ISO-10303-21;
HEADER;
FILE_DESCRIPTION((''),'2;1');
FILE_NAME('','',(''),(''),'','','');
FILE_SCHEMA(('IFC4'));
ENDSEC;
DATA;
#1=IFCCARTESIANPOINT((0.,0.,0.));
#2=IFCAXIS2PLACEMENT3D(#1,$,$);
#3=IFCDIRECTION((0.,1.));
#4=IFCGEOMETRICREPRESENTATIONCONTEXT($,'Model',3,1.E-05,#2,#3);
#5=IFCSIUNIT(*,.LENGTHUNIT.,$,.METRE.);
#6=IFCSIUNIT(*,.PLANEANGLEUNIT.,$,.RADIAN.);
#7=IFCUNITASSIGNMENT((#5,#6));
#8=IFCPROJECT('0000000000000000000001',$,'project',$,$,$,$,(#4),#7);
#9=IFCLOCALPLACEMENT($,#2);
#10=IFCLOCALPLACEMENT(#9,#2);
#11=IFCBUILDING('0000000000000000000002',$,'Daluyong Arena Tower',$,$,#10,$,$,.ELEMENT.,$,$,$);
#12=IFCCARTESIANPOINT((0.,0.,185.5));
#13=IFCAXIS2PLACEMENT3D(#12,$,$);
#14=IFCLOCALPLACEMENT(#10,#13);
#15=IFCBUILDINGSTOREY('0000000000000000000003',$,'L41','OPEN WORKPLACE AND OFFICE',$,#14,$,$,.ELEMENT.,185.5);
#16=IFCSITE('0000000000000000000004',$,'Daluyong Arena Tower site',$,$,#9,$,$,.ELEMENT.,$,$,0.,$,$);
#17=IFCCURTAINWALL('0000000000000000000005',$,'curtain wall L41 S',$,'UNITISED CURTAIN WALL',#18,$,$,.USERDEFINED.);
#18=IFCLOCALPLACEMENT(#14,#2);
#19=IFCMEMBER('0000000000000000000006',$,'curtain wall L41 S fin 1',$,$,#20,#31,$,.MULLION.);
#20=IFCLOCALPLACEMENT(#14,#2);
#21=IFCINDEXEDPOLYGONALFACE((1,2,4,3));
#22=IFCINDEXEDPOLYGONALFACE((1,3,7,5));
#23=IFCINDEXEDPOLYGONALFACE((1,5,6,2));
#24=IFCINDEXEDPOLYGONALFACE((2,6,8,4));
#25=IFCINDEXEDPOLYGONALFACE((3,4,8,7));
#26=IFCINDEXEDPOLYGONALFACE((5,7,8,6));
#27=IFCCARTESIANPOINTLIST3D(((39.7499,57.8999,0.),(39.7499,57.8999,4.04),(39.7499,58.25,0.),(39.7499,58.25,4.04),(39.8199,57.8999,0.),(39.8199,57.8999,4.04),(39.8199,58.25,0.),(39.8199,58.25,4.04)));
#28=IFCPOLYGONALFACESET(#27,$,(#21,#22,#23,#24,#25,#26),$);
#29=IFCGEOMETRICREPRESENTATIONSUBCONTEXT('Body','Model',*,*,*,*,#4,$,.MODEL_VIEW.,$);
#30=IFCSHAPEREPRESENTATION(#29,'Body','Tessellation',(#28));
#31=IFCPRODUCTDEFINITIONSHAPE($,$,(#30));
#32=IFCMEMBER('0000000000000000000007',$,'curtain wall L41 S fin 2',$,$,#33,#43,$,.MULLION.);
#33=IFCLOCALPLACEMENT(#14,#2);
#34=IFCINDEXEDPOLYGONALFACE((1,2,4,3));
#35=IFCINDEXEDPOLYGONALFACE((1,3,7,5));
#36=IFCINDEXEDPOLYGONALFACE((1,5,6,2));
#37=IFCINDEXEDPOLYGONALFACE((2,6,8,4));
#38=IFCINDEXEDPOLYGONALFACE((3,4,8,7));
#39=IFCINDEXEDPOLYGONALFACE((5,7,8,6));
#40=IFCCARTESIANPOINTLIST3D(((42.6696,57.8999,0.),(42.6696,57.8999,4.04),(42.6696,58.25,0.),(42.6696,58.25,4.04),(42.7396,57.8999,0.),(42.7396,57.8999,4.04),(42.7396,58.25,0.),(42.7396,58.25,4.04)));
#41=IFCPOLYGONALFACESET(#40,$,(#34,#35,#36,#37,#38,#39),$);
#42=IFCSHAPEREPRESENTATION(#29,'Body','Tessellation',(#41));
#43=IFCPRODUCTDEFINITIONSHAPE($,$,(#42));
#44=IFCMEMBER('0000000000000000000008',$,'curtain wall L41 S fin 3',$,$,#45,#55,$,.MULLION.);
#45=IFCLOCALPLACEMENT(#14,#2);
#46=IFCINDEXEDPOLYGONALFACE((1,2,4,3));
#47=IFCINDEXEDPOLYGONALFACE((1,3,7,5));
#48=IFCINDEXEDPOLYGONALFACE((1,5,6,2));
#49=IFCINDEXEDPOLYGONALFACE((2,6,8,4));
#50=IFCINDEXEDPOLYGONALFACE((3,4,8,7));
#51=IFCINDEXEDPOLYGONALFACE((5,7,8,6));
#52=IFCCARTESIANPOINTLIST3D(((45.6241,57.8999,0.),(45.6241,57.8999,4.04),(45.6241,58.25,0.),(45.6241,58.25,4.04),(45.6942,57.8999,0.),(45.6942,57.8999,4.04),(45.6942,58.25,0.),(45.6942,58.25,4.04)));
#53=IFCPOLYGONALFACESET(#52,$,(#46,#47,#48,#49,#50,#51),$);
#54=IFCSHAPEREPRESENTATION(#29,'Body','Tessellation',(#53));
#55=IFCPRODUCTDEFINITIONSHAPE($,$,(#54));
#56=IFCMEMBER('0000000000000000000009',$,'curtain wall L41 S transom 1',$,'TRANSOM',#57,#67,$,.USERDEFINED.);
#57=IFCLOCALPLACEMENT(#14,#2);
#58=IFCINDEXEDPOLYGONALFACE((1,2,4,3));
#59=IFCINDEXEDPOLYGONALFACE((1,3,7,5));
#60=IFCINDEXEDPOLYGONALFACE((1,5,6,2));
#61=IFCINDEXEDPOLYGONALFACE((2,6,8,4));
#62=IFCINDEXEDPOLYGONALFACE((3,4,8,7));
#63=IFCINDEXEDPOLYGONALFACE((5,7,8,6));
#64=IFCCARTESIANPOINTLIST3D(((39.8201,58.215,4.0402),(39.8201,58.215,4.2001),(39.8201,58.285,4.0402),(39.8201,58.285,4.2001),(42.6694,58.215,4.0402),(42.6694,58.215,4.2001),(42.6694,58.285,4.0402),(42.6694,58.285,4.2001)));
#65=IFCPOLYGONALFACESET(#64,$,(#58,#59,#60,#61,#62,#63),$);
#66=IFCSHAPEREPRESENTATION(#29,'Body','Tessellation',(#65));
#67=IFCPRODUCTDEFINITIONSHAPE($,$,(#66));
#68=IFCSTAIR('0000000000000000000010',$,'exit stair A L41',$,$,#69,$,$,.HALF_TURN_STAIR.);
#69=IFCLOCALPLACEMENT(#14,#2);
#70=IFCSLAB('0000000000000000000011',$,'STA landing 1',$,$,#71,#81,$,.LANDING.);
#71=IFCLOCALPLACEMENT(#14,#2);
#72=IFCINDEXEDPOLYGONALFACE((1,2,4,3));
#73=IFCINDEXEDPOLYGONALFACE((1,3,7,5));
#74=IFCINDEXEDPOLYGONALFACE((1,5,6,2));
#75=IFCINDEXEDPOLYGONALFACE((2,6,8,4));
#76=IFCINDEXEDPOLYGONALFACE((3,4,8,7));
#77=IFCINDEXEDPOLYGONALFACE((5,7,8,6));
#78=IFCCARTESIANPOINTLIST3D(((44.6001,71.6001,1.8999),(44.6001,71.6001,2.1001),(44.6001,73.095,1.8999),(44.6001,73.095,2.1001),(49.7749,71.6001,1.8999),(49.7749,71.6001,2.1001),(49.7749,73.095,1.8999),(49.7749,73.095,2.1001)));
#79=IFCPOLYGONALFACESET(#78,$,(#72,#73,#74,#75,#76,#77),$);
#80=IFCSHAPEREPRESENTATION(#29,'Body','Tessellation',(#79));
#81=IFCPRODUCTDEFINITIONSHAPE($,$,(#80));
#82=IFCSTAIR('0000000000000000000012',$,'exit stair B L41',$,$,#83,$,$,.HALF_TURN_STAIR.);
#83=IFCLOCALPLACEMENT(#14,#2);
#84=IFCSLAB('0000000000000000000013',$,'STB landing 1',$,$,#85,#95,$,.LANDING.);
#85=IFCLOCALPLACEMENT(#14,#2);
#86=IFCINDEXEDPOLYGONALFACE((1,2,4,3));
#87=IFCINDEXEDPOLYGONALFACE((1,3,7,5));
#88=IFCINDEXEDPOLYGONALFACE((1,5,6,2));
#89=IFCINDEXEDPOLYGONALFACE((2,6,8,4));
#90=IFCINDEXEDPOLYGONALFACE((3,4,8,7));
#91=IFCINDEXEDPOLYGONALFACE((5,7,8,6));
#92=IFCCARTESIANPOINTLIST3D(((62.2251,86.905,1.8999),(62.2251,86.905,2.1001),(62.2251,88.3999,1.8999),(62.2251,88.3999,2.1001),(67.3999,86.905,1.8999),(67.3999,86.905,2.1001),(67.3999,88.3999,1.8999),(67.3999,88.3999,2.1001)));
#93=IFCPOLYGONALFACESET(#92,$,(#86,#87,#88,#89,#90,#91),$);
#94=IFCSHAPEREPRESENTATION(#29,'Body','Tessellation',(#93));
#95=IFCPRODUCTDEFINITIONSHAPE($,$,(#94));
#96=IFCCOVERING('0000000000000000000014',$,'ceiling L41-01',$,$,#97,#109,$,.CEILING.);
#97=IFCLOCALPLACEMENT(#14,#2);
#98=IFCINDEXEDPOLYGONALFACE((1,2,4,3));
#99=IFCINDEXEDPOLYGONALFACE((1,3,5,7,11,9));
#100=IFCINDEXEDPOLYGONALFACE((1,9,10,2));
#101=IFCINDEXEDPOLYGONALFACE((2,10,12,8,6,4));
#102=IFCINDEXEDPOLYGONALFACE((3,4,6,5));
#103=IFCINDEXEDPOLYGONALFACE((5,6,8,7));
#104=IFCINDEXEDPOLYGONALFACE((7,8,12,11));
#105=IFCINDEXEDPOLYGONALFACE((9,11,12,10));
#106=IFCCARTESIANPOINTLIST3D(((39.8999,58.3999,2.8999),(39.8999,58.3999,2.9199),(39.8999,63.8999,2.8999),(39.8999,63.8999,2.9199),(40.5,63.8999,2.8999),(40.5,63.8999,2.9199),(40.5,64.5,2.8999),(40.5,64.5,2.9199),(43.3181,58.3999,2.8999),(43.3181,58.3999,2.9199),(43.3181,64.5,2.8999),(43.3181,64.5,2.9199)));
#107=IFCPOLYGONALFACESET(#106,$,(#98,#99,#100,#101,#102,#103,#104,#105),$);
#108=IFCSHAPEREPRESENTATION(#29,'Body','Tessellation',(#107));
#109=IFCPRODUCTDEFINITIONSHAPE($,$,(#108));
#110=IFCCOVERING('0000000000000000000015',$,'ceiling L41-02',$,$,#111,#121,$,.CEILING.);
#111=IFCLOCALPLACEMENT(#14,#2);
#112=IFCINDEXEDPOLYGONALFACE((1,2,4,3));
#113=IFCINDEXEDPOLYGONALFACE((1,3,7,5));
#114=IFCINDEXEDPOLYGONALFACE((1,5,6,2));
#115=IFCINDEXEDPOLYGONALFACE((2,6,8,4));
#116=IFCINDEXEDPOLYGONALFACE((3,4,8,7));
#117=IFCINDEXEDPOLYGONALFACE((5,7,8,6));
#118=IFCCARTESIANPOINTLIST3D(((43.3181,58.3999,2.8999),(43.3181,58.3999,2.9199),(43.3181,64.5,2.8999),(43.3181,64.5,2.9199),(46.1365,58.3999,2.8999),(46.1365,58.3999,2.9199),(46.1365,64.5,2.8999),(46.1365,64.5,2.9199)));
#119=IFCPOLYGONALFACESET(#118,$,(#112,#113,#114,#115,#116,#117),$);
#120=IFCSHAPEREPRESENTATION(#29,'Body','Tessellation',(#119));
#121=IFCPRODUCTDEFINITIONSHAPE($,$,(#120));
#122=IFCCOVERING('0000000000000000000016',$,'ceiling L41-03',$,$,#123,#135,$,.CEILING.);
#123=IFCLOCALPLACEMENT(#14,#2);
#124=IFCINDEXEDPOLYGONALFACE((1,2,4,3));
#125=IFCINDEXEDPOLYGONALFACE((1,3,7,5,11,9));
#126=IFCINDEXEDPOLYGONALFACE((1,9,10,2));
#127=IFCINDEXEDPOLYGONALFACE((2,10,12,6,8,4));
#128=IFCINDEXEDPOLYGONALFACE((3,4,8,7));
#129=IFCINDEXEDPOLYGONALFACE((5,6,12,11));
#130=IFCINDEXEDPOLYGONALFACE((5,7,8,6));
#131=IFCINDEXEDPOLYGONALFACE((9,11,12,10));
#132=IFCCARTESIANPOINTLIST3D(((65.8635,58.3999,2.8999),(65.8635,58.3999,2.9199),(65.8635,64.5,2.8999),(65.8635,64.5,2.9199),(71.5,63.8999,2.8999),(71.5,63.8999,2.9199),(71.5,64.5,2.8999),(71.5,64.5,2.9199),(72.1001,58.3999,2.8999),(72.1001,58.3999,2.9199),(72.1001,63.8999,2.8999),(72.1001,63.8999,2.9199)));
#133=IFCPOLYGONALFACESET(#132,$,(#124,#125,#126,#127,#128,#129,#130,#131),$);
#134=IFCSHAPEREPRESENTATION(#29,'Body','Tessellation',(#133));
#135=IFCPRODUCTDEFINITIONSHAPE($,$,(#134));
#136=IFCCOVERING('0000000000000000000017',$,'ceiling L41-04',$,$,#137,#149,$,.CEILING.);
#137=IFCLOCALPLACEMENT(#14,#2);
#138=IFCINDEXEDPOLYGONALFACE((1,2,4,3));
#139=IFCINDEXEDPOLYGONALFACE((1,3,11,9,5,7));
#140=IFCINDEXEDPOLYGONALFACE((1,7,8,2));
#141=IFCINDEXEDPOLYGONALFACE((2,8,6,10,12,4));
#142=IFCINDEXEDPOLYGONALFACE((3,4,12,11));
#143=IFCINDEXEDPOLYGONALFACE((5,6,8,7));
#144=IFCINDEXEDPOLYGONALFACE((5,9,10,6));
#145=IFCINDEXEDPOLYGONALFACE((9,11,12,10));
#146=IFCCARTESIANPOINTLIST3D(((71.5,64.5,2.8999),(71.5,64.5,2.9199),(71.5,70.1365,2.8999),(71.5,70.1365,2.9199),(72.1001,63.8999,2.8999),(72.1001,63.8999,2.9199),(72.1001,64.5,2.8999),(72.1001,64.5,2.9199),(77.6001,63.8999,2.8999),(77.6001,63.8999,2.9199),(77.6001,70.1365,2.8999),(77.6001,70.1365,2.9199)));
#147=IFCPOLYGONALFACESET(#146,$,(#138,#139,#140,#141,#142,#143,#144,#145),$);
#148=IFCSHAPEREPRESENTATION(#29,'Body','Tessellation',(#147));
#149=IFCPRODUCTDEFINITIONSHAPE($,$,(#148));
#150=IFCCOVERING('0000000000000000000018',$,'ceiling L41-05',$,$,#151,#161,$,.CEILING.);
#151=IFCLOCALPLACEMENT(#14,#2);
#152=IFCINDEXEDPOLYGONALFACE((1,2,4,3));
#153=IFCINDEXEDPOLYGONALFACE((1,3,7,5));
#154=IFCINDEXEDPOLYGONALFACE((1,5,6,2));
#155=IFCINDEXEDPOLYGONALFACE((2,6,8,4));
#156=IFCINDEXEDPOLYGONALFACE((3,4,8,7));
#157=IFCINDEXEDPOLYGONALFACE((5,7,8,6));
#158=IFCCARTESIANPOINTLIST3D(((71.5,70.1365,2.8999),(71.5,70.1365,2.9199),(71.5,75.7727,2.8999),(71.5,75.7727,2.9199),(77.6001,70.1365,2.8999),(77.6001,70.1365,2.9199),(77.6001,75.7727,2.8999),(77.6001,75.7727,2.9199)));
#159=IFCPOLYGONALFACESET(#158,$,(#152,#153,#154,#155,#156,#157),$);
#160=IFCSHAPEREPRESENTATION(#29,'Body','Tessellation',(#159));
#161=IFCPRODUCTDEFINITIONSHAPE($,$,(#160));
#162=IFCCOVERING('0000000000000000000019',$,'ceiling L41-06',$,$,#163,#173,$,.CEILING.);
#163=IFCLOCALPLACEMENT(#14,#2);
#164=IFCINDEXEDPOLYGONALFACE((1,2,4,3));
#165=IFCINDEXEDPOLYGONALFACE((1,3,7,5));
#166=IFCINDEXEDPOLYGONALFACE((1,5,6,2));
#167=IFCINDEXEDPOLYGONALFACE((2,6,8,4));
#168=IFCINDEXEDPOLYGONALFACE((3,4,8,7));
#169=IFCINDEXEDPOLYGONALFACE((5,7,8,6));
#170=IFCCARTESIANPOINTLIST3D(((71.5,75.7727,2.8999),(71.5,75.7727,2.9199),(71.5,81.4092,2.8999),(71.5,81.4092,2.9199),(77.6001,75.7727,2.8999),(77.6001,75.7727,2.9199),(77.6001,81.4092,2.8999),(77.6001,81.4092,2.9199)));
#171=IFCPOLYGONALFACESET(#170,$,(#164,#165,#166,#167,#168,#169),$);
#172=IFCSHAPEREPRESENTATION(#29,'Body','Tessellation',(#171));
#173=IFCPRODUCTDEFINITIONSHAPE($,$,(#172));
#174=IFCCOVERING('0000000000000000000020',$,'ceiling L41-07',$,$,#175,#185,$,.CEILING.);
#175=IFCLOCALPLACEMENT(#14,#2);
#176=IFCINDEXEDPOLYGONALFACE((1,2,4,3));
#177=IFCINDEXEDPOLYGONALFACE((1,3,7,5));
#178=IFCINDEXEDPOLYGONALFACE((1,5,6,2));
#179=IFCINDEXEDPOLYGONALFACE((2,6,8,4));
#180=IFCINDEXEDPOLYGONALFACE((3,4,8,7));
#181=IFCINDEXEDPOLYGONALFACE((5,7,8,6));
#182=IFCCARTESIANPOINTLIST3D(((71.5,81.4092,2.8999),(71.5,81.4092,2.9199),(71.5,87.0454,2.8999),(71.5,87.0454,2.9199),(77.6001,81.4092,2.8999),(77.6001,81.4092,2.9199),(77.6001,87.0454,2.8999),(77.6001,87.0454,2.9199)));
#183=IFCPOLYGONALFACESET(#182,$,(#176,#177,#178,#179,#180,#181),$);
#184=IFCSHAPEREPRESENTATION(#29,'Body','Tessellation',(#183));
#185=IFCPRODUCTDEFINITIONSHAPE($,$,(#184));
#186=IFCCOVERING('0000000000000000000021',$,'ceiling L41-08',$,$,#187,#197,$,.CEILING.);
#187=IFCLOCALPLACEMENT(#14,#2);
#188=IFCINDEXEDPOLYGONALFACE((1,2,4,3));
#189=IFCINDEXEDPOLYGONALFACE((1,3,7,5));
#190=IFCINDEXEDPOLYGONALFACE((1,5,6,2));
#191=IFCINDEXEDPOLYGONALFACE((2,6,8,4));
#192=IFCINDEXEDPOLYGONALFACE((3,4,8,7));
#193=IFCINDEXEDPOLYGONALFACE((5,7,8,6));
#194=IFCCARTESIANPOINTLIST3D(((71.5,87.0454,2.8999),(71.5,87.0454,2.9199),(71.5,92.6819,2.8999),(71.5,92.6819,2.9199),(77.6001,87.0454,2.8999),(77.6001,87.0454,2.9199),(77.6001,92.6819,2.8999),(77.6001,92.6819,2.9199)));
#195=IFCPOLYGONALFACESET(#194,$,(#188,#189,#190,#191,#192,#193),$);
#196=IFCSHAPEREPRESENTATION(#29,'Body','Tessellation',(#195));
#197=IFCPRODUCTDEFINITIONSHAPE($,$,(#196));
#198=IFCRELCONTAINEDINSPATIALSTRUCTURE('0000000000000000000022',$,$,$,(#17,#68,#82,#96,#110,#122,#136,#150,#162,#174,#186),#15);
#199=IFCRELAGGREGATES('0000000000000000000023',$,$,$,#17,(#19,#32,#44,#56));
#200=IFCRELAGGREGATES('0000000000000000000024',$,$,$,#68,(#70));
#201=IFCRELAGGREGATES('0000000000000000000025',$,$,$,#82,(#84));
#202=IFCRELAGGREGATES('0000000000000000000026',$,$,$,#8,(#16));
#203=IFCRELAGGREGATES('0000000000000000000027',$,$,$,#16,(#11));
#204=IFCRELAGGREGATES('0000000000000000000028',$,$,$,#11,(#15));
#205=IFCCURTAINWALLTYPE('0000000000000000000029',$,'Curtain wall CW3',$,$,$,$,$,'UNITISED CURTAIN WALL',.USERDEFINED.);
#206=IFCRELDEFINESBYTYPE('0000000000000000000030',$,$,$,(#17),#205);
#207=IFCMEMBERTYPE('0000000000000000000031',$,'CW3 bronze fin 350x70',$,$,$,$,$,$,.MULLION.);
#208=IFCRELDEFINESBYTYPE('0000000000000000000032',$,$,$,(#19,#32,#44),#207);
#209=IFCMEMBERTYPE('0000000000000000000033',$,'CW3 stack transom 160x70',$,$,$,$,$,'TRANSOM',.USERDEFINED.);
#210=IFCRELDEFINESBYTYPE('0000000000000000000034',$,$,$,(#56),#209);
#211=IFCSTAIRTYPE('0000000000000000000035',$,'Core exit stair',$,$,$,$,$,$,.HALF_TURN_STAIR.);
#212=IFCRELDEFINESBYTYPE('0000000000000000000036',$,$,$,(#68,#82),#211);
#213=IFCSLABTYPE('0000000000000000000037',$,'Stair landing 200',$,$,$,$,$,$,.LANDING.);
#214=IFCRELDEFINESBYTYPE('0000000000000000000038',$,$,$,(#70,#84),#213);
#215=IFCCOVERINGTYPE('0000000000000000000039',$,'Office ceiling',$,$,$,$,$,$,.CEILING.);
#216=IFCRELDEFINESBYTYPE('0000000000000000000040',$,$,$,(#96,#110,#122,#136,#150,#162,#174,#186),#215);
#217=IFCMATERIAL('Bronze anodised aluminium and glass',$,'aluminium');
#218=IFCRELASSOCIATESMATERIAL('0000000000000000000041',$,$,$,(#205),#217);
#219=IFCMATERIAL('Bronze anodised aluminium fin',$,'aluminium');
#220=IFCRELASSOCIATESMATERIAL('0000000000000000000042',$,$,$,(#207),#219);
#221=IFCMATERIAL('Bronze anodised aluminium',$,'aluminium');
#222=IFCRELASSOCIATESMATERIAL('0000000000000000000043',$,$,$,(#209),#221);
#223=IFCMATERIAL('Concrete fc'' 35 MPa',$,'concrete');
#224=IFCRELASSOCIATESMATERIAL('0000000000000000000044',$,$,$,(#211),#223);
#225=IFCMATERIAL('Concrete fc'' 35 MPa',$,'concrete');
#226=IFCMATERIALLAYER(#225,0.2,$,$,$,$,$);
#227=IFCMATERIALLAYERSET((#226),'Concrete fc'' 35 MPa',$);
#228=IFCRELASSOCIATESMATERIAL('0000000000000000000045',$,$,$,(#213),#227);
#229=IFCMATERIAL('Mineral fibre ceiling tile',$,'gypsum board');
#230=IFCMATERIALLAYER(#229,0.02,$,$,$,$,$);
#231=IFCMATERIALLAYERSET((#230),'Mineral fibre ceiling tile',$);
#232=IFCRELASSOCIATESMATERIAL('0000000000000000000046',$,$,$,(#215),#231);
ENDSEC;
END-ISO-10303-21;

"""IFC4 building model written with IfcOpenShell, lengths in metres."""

from ifc_helpers import new_model, si_unit, direction, frame, origin, origin_2d, place, context, subcontext, project, spatial, polyline, rectangle, outline, extrude, material, layer, layer_set, material_profile, profile_set, type_object, element, aggregate, save


model = new_model("IFC4")

# Units and contexts
model_context = context("Model", 3, precision=1e-05, world=origin(), true_north=direction((0.0, 1.0)))
body_context = subcontext(model_context, "Body", "Model", "MODEL_VIEW")
ifc_project = project(units=[si_unit("LENGTHUNIT", "METRE"), si_unit("PLANEANGLEUNIT", "RADIAN")], contexts=[model_context])

# Site, building, storey
site_placement = place(None, origin())
site = spatial("IfcSite", under=ifc_project, at=site_placement, Name="Daluyong Arena Tower site", CompositionType="ELEMENT", RefElevation=0.0)
building_placement = place(site_placement, origin())
building = spatial("IfcBuilding", under=site, at=building_placement, Name="Daluyong Arena Tower", CompositionType="ELEMENT")
storey_placement = place(building_placement, frame((0.0, 0.0, 185.5)))
storey = spatial("IfcBuildingStorey", under=building, at=storey_placement, Name="L41", Description="OPEN WORKPLACE AND OFFICE", CompositionType="ELEMENT", Elevation=185.5)

# Curtain wall, members
ifc_material_1 = material(Name="Bronze anodised aluminium and glass", Category="aluminium")
curtain_wall_type = type_object("IfcCurtainWallType", Name="Curtain wall CW3", ElementType="UNITISED CURTAIN WALL", PredefinedType="USERDEFINED", material=ifc_material_1)
curtain_wall_placement = place(storey_placement, origin())
curtain_wall = element("IfcCurtainWall", 1, at=curtain_wall_placement, inside=storey, type_object=curtain_wall_type, Name="curtain wall L41 S", ObjectType="UNITISED CURTAIN WALL", PredefinedType="USERDEFINED")
ifc_material_2 = material(Name="Bronze anodised aluminium fin", Category="aluminium")
ifc_material_profile_1 = material_profile(ifc_material_2, rectangle(XDim=0.3501, YDim=0.0701, at=origin_2d()))
ifc_profile_set_1 = profile_set([ifc_material_profile_1], Name="Bronze anodised aluminium fin")
member_type_1 = type_object("IfcMemberType", Name="CW3 bronze fin 350x70", PredefinedType="MULLION", material=ifc_profile_set_1)
member_1_placement = place(storey_placement, frame((39.7849, 58.075, 0.0), z_axis=(0.0, 0.0, 1.0), x_axis=(0.0, 1.0, 0.0)))
member_1 = element("IfcMember", 2, at=member_1_placement, type_object=member_type_1, Name="curtain wall L41 S fin 1", PredefinedType="MULLION", context=body_context, shape_type="SweptSolid", body=[
    extrude(rectangle(XDim=0.3501, YDim=0.0701, at=origin_2d()), origin(), (0.0, 0.0, 1.0), 4.04),
])
member_2_placement = place(storey_placement, frame((42.7046, 58.075, 0.0), z_axis=(0.0, 0.0, 1.0), x_axis=(0.0, 1.0, 0.0)))
member_2 = element("IfcMember", 3, at=member_2_placement, type_object=member_type_1, Name="curtain wall L41 S fin 2", PredefinedType="MULLION", context=body_context, shape_type="SweptSolid", body=[
    extrude(rectangle(XDim=0.3501, YDim=0.0701, at=origin_2d()), origin(), (0.0, 0.0, 1.0), 4.04),
])
member_3_placement = place(storey_placement, frame((45.6592, 58.075, 0.0), z_axis=(0.0, 0.0, 1.0), x_axis=(0.0, 1.0, 0.0)))
member_3 = element("IfcMember", 4, at=member_3_placement, type_object=member_type_1, Name="curtain wall L41 S fin 3", PredefinedType="MULLION", context=body_context, shape_type="SweptSolid", body=[
    extrude(rectangle(XDim=0.3501, YDim=0.0701, at=origin_2d()), origin(), (0.0, 0.0, 1.0), 4.04),
])
ifc_material_3 = material(Name="Bronze anodised aluminium", Category="aluminium")
ifc_material_profile_2 = material_profile(ifc_material_3, rectangle(XDim=0.0701, YDim=0.1599, at=origin_2d()))
ifc_profile_set_2 = profile_set([ifc_material_profile_2], Name="Bronze anodised aluminium")
member_type_2 = type_object("IfcMemberType", Name="CW3 stack transom 160x70", ElementType="TRANSOM", PredefinedType="USERDEFINED", material=ifc_profile_set_2)
member_4_placement = place(storey_placement, frame((39.8201, 58.25, 4.1201), z_axis=(1.0, 0.0, 0.0), x_axis=(0.0, 1.0, 0.0)))
member_4 = element("IfcMember", 5, at=member_4_placement, type_object=member_type_2, Name="curtain wall L41 S transom 1", ObjectType="TRANSOM", PredefinedType="USERDEFINED", context=body_context, shape_type="SweptSolid", body=[
    extrude(rectangle(XDim=0.0701, YDim=0.1599, at=origin_2d()), origin(), (0.0, 0.0, 1.0), 2.8494),
])
aggregate(curtain_wall, [member_1, member_2, member_3, member_4])

# Stairs, slabs
ifc_material_4 = material(Name="Concrete fc' 35 MPa", Category="concrete")
stair_type = type_object("IfcStairType", Name="Core exit stair", PredefinedType="HALF_TURN_STAIR", material=ifc_material_4)
stair_1_placement = place(storey_placement, origin())
stair_1 = element("IfcStair", 6, at=stair_1_placement, inside=storey, type_object=stair_type, Name="exit stair A L41", PredefinedType="HALF_TURN_STAIR")
ifc_material_5 = material(Name="Concrete fc' 35 MPa", Category="concrete")
ifc_layer_1 = layer(ifc_material_5, 0.2)
ifc_layer_set_1 = layer_set([ifc_layer_1], Name="Concrete fc' 35 MPa")
slab_type = type_object("IfcSlabType", Name="Stair landing 200", PredefinedType="LANDING", material=ifc_layer_set_1)
slab_1_placement = place(storey_placement, frame((0.0, 0.0, 1.8999)))
slab_1 = element("IfcSlab", 7, at=slab_1_placement, type_object=slab_type, Name="STA landing 1", PredefinedType="LANDING", context=body_context, shape_type="SweptSolid", body=[
    extrude(outline(polyline([(44.6001, 71.6001), (49.7749, 71.6001), (49.7749, 73.095), (44.6001, 73.095), (44.6001, 71.6001)])), origin(), (0.0, 0.0, 1.0), 0.2002),
])
aggregate(stair_1, [slab_1])
stair_2_placement = place(storey_placement, origin())
stair_2 = element("IfcStair", 8, at=stair_2_placement, inside=storey, type_object=stair_type, Name="exit stair B L41", PredefinedType="HALF_TURN_STAIR")
slab_2_placement = place(storey_placement, frame((0.0, 0.0, 1.8999)))
slab_2 = element("IfcSlab", 9, at=slab_2_placement, type_object=slab_type, Name="STB landing 1", PredefinedType="LANDING", context=body_context, shape_type="SweptSolid", body=[
    extrude(outline(polyline([(62.2251, 86.905), (67.3999, 86.905), (67.3999, 88.3999), (62.2251, 88.3999), (62.2251, 86.905)])), origin(), (0.0, 0.0, 1.0), 0.2002),
])
aggregate(stair_2, [slab_2])

# Coverings
ifc_material_6 = material(Name="Mineral fibre ceiling tile", Category="gypsum board")
ifc_layer_2 = layer(ifc_material_6, 0.02)
ifc_layer_set_2 = layer_set([ifc_layer_2], Name="Mineral fibre ceiling tile")
covering_type_1 = type_object("IfcCoveringType", Name="Office ceiling", PredefinedType="CEILING", material=ifc_layer_set_2)
covering_1_placement = place(storey_placement, frame((0.0, 0.0, 2.8999)))
element("IfcCovering", 10, at=covering_1_placement, inside=storey, type_object=covering_type_1, Name="ceiling L41-01", PredefinedType="CEILING", context=body_context, shape_type="SweptSolid", body=[
    extrude(outline(polyline([(39.8999, 63.8999), (39.8999, 58.3999), (43.3181, 58.3999), (43.3181, 64.5), (40.5, 64.5), (40.5, 63.8999), (39.8999, 63.8999)])), origin(), (0.0, 0.0, 1.0), 0.02),
])
covering_2_placement = place(storey_placement, frame((0.0, 0.0, 2.8999)))
element("IfcCovering", 11, at=covering_2_placement, inside=storey, type_object=covering_type_1, Name="ceiling L41-02", PredefinedType="CEILING", context=body_context, shape_type="SweptSolid", body=[
    extrude(outline(polyline([(43.3181, 64.5), (43.3181, 58.3999), (46.1365, 58.3999), (46.1365, 64.5), (43.3181, 64.5)])), origin(), (0.0, 0.0, 1.0), 0.02),
])
covering_3_placement = place(storey_placement, frame((0.0, 0.0, 2.8999)))
element("IfcCovering", 12, at=covering_3_placement, inside=storey, type_object=covering_type_1, Name="ceiling L41-03", PredefinedType="CEILING", context=body_context, shape_type="SweptSolid", body=[
    extrude(outline(polyline([(72.1001, 58.3999), (72.1001, 63.8999), (71.5, 63.8999), (71.5, 64.5), (65.8635, 64.5), (65.8635, 58.3999), (72.1001, 58.3999)])), origin(), (0.0, 0.0, 1.0), 0.02),
])
covering_4_placement = place(storey_placement, frame((0.0, 0.0, 2.8999)))
element("IfcCovering", 13, at=covering_4_placement, inside=storey, type_object=covering_type_1, Name="ceiling L41-04", PredefinedType="CEILING", context=body_context, shape_type="SweptSolid", body=[
    extrude(outline(polyline([(72.1001, 63.8999), (77.6001, 63.8999), (77.6001, 70.1365), (71.5, 70.1365), (71.5, 64.5), (72.1001, 64.5), (72.1001, 63.8999)])), origin(), (0.0, 0.0, 1.0), 0.02),
])
covering_5_placement = place(storey_placement, frame((0.0, 0.0, 2.8999)))
element("IfcCovering", 14, at=covering_5_placement, inside=storey, type_object=covering_type_1, Name="ceiling L41-05", PredefinedType="CEILING", context=body_context, shape_type="SweptSolid", body=[
    extrude(outline(polyline([(71.5, 70.1365), (77.6001, 70.1365), (77.6001, 75.7727), (71.5, 75.7727), (71.5, 70.1365)])), origin(), (0.0, 0.0, 1.0), 0.02),
])
covering_6_placement = place(storey_placement, frame((0.0, 0.0, 2.8999)))
element("IfcCovering", 15, at=covering_6_placement, inside=storey, type_object=covering_type_1, Name="ceiling L41-06", PredefinedType="CEILING", context=body_context, shape_type="SweptSolid", body=[
    extrude(outline(polyline([(71.5, 75.7727), (77.6001, 75.7727), (77.6001, 81.4092), (71.5, 81.4092), (71.5, 75.7727)])), origin(), (0.0, 0.0, 1.0), 0.02),
])
covering_7_placement = place(storey_placement, frame((0.0, 0.0, 2.8999)))
element("IfcCovering", 16, at=covering_7_placement, inside=storey, type_object=covering_type_1, Name="ceiling L41-07", PredefinedType="CEILING", context=body_context, shape_type="SweptSolid", body=[
    extrude(outline(polyline([(71.5, 81.4092), (77.6001, 81.4092), (77.6001, 87.0454), (71.5, 87.0454), (71.5, 81.4092)])), origin(), (0.0, 0.0, 1.0), 0.02),
])
covering_8_placement = place(storey_placement, frame((0.0, 0.0, 2.8999)))
element("IfcCovering", 17, at=covering_8_placement, inside=storey, type_object=covering_type_1, Name="ceiling L41-08", PredefinedType="CEILING", context=body_context, shape_type="SweptSolid", body=[
    extrude(outline(polyline([(71.5, 87.0454), (77.6001, 87.0454), (77.6001, 92.6819), (71.5, 92.6819), (71.5, 87.0454)])), origin(), (0.0, 0.0, 1.0), 0.02),
])

save(model, "model.ifc")
